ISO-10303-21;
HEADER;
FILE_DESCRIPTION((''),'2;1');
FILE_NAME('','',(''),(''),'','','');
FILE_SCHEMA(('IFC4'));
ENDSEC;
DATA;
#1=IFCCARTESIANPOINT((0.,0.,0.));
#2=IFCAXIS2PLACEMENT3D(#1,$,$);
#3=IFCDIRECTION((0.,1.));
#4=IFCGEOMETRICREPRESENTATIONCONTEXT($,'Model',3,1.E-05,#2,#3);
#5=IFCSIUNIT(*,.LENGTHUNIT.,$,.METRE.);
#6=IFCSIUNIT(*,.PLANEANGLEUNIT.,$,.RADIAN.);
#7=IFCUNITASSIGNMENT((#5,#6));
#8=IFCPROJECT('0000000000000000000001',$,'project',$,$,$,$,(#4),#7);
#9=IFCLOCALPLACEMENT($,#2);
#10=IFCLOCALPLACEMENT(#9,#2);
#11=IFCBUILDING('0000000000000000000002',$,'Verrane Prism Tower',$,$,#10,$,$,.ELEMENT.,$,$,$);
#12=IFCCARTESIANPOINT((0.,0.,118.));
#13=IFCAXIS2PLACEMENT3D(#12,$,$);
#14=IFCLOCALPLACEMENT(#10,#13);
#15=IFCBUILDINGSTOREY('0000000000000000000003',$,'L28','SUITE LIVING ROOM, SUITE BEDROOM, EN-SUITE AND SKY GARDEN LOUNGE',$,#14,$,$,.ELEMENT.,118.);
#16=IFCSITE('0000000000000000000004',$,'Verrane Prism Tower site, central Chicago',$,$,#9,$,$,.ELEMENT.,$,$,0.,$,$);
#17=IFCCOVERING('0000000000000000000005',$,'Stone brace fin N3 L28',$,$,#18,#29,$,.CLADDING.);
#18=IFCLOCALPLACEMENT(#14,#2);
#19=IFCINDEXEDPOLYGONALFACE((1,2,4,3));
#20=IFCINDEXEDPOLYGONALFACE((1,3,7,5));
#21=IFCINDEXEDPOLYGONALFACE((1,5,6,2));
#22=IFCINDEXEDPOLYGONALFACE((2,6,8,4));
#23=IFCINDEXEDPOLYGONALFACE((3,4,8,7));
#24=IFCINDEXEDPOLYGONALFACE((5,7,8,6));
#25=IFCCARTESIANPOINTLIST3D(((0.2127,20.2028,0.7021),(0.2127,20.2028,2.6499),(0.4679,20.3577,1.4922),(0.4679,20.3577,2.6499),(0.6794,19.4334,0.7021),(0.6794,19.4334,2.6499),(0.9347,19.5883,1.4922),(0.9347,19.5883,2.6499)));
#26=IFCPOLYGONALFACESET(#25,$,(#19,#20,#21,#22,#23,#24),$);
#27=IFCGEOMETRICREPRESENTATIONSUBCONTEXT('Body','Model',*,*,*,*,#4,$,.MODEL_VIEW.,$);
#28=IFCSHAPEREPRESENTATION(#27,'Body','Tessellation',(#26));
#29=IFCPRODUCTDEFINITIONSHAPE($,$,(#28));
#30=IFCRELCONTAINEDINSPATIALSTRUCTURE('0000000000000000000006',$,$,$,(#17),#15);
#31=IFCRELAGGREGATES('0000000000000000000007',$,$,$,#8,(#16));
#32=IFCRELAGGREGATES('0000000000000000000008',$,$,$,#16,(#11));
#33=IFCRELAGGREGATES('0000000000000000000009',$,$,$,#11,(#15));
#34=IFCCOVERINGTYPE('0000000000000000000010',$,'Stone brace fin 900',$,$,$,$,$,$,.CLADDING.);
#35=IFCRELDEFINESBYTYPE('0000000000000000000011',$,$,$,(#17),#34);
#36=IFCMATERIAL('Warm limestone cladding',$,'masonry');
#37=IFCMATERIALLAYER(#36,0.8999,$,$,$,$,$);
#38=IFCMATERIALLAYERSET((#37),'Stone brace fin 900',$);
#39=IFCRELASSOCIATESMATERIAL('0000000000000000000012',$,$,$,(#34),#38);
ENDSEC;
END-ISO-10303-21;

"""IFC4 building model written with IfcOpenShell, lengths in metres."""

from ifc_helpers import new_model, si_unit, direction, frame, origin, place, context, subcontext, project, spatial, polyline, outline, extrude, material, layer, layer_set, type_object, element, save


model = new_model("IFC4")

# Units and contexts
model_context = context("Model", 3, precision=1e-05, world=origin(), true_north=direction((0.0, 1.0)))
body_context = subcontext(model_context, "Body", "Model", "MODEL_VIEW")
ifc_project = project(units=[si_unit("LENGTHUNIT", "METRE"), si_unit("PLANEANGLEUNIT", "RADIAN")], contexts=[model_context])

# Site, building, storey
site_placement = place(None, origin())
site = spatial("IfcSite", under=ifc_project, at=site_placement, Name="Verrane Prism Tower site, central Chicago", CompositionType="ELEMENT", RefElevation=0.0)
building_placement = place(site_placement, origin())
building = spatial("IfcBuilding", under=site, at=building_placement, Name="Verrane Prism Tower", CompositionType="ELEMENT")
storey_placement = place(building_placement, frame((0.0, 0.0, 118.0)))
storey = spatial("IfcBuildingStorey", under=building, at=storey_placement, Name="L28", Description="SUITE LIVING ROOM, SUITE BEDROOM, EN-SUITE AND SKY GARDEN LOUNGE", CompositionType="ELEMENT", Elevation=118.0)

# Covering
ifc_material_1 = material(Name="Warm limestone cladding", Category="masonry")
ifc_layer_1 = layer(ifc_material_1, 0.8999)
ifc_layer_set_1 = layer_set([ifc_layer_1], Name="Stone brace fin 900")
covering_type = type_object("IfcCoveringType", Name="Stone brace fin 900", PredefinedType="CLADDING", material=ifc_layer_set_1)
covering_placement = place(storey_placement, frame((0.446, 19.8181, 0.7021), z_axis=(0.0, 0.0, 1.0), x_axis=(0.854956, 0.518701, 0.0)))
element("IfcCovering", 1, at=covering_placement, inside=storey, type_object=covering_type, Name="Stone brace fin N3 L28", PredefinedType="CLADDING", context=body_context, shape_type="SweptSolid", body=[
    extrude(outline(polyline([(0.2986, 1.9478), (0.0, 1.9478), (0.0, 0.0), (0.2986, 0.79), (0.2986, 1.9478)])), frame((0.0, 0.45, 0.0), z_axis=(0.0, -1.0, 0.0), x_axis=(1.0, 0.0, 0.0)), (0.0, 0.0, 1.0), 0.8999),
])

save(model, "model.ifc")
